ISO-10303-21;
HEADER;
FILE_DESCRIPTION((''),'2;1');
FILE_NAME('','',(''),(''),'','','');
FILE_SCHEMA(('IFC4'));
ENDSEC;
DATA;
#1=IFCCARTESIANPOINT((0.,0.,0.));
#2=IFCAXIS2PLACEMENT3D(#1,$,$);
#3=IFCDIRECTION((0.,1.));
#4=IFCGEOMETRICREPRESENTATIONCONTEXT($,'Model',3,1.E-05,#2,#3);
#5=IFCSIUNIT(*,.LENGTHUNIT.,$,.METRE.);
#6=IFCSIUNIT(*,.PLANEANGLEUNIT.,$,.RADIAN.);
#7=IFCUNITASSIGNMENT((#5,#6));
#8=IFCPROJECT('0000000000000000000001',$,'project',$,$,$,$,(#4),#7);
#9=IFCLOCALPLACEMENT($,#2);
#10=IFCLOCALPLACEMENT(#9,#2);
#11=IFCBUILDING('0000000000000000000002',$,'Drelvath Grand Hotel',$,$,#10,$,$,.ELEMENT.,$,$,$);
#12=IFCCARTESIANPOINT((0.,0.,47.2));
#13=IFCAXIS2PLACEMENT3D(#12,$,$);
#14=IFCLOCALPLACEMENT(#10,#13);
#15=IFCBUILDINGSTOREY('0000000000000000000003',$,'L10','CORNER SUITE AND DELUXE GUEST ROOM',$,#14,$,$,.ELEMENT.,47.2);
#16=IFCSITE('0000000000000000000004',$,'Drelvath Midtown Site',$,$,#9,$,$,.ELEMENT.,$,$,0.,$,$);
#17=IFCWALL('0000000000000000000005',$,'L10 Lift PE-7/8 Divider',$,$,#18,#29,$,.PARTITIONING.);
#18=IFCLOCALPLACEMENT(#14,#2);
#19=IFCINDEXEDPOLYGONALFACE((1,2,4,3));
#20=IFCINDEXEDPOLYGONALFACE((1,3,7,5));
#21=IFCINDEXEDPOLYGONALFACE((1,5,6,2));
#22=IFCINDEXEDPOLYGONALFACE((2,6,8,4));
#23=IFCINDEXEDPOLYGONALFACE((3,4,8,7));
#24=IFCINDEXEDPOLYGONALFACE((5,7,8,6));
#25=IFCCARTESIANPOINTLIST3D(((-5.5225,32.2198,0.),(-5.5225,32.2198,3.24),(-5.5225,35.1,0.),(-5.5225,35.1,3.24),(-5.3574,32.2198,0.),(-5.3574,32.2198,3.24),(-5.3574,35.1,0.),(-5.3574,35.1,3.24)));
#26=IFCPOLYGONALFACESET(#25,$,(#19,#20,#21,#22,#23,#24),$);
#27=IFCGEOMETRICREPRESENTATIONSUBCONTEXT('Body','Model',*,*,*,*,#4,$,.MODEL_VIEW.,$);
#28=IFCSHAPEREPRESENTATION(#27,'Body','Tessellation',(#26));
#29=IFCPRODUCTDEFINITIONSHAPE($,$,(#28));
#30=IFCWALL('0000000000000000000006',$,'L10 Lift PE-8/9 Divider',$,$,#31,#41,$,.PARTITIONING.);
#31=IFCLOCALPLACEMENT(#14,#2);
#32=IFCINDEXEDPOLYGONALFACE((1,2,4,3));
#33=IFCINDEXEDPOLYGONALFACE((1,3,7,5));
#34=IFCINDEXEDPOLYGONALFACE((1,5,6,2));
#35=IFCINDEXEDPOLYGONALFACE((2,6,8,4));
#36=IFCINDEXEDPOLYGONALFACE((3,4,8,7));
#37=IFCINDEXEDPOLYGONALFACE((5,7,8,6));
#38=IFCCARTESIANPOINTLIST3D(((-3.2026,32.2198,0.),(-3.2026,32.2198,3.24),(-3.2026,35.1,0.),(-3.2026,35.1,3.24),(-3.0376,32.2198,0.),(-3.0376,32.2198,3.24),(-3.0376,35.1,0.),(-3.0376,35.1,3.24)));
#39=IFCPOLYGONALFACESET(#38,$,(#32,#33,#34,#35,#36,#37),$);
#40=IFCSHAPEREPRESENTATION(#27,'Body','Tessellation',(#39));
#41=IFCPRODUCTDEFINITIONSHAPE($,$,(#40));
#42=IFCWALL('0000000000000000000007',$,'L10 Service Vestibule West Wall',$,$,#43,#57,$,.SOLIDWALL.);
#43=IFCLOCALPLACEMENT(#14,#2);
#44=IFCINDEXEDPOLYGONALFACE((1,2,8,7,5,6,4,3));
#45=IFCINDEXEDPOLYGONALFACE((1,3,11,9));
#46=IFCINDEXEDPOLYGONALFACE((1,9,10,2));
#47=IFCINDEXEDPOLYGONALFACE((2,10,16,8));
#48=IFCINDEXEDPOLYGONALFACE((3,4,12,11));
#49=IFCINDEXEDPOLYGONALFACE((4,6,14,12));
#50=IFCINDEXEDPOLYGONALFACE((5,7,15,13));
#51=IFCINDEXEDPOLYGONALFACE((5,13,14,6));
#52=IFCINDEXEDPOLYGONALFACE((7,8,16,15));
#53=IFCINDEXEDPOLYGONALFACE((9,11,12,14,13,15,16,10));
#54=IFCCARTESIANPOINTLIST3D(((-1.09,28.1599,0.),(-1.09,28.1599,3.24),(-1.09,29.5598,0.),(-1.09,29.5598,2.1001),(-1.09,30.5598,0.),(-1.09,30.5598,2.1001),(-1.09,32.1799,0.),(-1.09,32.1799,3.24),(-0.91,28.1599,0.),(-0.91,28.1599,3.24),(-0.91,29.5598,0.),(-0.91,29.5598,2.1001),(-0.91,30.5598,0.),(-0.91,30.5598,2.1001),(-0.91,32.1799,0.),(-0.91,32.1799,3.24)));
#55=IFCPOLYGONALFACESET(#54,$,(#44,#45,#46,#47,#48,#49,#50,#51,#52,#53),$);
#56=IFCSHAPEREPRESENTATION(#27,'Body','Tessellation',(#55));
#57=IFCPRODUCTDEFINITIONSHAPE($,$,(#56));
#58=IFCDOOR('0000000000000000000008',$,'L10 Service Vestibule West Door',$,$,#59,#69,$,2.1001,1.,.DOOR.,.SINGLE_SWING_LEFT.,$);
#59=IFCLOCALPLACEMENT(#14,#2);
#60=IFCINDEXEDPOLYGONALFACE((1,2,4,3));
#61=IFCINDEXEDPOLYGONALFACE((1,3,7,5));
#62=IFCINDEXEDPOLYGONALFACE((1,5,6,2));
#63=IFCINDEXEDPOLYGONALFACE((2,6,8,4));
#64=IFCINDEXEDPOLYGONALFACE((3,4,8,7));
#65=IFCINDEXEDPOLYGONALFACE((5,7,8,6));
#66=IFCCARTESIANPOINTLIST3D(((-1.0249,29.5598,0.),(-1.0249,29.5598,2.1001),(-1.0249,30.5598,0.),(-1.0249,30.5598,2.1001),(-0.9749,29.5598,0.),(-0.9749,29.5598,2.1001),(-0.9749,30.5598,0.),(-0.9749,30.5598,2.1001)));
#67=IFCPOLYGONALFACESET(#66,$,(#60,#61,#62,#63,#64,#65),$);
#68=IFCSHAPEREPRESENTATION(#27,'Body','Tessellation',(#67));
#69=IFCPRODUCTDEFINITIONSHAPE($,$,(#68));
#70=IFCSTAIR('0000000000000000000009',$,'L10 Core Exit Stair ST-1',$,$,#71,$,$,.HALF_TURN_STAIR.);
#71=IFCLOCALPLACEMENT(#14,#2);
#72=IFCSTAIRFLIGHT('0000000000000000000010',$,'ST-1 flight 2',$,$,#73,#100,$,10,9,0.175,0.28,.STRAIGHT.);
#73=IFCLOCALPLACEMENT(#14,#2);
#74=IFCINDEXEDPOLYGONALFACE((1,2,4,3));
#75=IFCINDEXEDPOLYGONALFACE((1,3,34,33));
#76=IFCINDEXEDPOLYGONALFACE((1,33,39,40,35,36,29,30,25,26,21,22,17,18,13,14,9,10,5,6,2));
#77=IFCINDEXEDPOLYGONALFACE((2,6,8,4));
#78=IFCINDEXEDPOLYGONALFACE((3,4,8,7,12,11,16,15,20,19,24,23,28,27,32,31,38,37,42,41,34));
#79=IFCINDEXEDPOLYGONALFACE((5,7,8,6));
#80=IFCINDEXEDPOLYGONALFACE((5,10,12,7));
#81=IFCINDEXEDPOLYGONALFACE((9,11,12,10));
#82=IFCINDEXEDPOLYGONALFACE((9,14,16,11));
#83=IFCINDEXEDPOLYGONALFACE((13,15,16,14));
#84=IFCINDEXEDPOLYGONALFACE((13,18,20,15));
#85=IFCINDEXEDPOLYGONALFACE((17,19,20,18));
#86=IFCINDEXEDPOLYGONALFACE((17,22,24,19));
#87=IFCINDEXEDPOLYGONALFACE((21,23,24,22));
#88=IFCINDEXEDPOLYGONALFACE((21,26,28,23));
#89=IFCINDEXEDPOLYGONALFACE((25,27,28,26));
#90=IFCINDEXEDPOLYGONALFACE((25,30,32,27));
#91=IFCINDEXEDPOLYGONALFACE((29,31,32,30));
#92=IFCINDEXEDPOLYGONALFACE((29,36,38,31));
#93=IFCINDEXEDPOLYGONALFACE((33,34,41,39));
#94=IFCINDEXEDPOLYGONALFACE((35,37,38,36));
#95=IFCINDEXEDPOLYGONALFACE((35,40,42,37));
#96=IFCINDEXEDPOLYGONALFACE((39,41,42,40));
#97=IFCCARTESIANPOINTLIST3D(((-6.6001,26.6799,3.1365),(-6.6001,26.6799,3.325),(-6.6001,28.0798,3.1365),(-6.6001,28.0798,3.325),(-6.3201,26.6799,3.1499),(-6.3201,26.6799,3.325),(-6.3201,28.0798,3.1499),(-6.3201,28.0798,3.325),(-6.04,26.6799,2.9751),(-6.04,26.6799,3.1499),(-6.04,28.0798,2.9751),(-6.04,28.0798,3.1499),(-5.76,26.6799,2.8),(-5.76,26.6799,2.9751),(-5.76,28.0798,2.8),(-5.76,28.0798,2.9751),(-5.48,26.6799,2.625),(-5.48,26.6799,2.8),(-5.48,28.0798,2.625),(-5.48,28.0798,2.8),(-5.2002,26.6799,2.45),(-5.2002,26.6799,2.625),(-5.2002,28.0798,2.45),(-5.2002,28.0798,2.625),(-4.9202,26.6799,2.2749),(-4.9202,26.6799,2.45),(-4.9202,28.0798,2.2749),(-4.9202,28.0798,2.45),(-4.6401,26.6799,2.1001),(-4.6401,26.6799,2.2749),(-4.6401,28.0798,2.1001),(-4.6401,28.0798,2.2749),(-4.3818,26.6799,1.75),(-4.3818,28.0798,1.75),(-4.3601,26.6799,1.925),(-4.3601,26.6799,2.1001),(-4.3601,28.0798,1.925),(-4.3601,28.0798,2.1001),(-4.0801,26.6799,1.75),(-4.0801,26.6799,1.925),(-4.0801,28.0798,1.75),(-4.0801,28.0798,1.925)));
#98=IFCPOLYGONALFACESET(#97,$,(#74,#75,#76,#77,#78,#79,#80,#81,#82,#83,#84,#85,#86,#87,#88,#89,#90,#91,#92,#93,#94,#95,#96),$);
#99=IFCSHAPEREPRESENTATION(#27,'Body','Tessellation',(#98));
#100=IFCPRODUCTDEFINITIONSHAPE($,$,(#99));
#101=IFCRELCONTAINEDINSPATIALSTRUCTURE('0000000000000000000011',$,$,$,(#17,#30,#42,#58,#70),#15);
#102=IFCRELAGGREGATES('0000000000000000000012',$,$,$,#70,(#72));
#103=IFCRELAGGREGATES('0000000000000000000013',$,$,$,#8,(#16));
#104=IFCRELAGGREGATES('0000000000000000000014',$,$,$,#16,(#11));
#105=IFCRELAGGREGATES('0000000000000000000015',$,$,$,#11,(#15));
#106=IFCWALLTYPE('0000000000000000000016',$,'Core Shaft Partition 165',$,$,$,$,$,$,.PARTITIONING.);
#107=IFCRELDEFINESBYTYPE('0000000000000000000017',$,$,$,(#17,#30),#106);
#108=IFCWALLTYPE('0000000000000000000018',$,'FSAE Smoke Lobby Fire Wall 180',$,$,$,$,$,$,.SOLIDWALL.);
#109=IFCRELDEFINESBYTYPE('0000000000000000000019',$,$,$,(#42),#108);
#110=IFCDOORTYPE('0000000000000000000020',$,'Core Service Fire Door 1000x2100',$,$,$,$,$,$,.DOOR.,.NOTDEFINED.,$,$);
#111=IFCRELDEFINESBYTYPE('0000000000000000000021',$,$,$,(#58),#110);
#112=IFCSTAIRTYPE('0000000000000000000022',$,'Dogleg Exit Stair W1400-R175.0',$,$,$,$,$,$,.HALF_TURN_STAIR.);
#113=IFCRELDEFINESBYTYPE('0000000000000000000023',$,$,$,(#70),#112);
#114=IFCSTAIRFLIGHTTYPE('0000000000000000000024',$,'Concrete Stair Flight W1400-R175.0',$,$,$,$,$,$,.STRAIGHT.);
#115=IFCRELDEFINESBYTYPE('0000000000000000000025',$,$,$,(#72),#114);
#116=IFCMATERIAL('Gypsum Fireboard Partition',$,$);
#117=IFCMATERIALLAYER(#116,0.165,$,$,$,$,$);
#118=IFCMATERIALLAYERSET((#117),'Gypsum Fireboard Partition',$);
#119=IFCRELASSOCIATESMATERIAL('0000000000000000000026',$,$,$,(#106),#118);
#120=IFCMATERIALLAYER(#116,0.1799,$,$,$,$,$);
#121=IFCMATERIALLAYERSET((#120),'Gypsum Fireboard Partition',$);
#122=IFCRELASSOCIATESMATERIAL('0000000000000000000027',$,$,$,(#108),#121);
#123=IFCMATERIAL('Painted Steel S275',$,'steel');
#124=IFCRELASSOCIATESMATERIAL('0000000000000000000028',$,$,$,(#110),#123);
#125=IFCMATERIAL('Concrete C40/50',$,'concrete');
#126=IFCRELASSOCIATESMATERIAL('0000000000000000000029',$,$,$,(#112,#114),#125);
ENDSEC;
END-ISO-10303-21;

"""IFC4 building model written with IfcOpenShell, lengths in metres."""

from ifc_helpers import new_model, si_unit, direction, frame, frame_2d, origin, place, context, subcontext, project, spatial, polyline, rectangle, outline, extrude, material, layer, layer_set, type_object, element, fill, aggregate, save


model = new_model("IFC4")

# Units and contexts
model_context = context("Model", 3, precision=1e-05, world=origin(), true_north=direction((0.0, 1.0)))
body_context = subcontext(model_context, "Body", "Model", "MODEL_VIEW")
ifc_project = project(units=[si_unit("LENGTHUNIT", "METRE"), si_unit("PLANEANGLEUNIT", "RADIAN")], contexts=[model_context])

# Site, building, storey
site_placement = place(None, origin())
site = spatial("IfcSite", under=ifc_project, at=site_placement, Name="Drelvath Midtown Site", CompositionType="ELEMENT", RefElevation=0.0)
building_placement = place(site_placement, origin())
building = spatial("IfcBuilding", under=site, at=building_placement, Name="Drelvath Grand Hotel", CompositionType="ELEMENT")
storey_placement = place(building_placement, frame((0.0, 0.0, 47.2)))
storey = spatial("IfcBuildingStorey", under=building, at=storey_placement, Name="L10", Description="CORNER SUITE AND DELUXE GUEST ROOM", CompositionType="ELEMENT", Elevation=47.2)

# Shared definitions
ifc_material_1 = material(Name="Concrete C40/50", Category="concrete")

# Walls
ifc_material_2 = material(Name="Gypsum Fireboard Partition")
ifc_layer_1 = layer(ifc_material_2, 0.165)
ifc_layer_set_1 = layer_set([ifc_layer_1], Name="Gypsum Fireboard Partition")
wall_type_1 = type_object("IfcWallType", Name="Core Shaft Partition 165", PredefinedType="PARTITIONING", material=ifc_layer_set_1)
for number, where, z_axis, x_axis, name in (
    (1, (-5.4399, 32.22, 0.0), (0.0, 0.0, 1.0), (0.0, 1.0, 0.0), "L10 Lift PE-7/8 Divider"),
    (2, (-3.1201, 32.22, 0.0), (0.0, 0.0, 1.0), (0.0, 1.0, 0.0), "L10 Lift PE-8/9 Divider"),
):
    element("IfcWall", number, at=place(storey_placement, frame(where, z_axis=z_axis, x_axis=x_axis)), inside=storey, type_object=wall_type_1, Name=name, PredefinedType="PARTITIONING", context=body_context, shape_type="SweptSolid", body=[
        extrude(rectangle(XDim=2.8801, YDim=0.165, at=frame_2d((1.4399, 0.0))), origin(), (0.0, 0.0, 1.0), 3.24),
    ])

# Wall, opening, door
ifc_layer_2 = layer(ifc_material_2, 0.1799)
ifc_layer_set_2 = layer_set([ifc_layer_2], Name="Gypsum Fireboard Partition")
wall_type_2 = type_object("IfcWallType", Name="FSAE Smoke Lobby Fire Wall 180", PredefinedType="SOLIDWALL", material=ifc_layer_set_2)
wall_1_placement = place(storey_placement, frame((-1.0, 28.1599, 0.0), z_axis=(0.0, 0.0, 1.0), x_axis=(0.0, 1.0, 0.0)))
wall_1 = element("IfcWall", 3, at=wall_1_placement, inside=storey, type_object=wall_type_2, Name="L10 Service Vestibule West Wall", PredefinedType="SOLIDWALL", context=body_context, shape_type="SweptSolid", body=[
    extrude(rectangle(XDim=4.02, YDim=0.1799, at=frame_2d((2.01, 0.0))), origin(), (0.0, 0.0, 1.0), 3.24),
])
opening_1_placement = place(wall_1_placement, frame((1.3999, 0.0, 0.0)))
opening_1 = element("IfcOpeningElement", 4, at=opening_1_placement, cuts=wall_1, PredefinedType="OPENING", context=body_context, shape_type="SweptSolid", body=[
    extrude(rectangle(XDim=1.0, YDim=2.1001, at=frame_2d((0.5, 1.05))), frame((0.0, 0.0999, 0.0), z_axis=(0.0, -1.0, 0.0), x_axis=(1.0, 0.0, 0.0)), (0.0, 0.0, 1.0), 0.2),
])
ifc_material_3 = material(Name="Painted Steel S275", Category="steel")
door_type_1 = type_object("IfcDoorType", Name="Core Service Fire Door 1000x2100", OperationType="NOTDEFINED", PredefinedType="DOOR", material=ifc_material_3)
door_1_placement = place(opening_1_placement, origin())
door_1 = element("IfcDoor", 5, at=door_1_placement, inside=storey, type_object=door_type_1, Name="L10 Service Vestibule West Door", OperationType="SINGLE_SWING_LEFT", OverallHeight=2.1001, OverallWidth=1.0, PredefinedType="DOOR", context=body_context, shape_type="SweptSolid", body=[
    extrude(rectangle(XDim=1.0, YDim=2.1001, at=frame_2d((0.5, 1.05))), frame((0.0, 0.0249, 0.0), z_axis=(0.0, -1.0, 0.0), x_axis=(1.0, 0.0, 0.0)), (0.0, 0.0, 1.0), 0.05),
])
fill(opening_1, door_1)

# Stair, stair flight
stair_type = type_object("IfcStairType", Name="Dogleg Exit Stair W1400-R175.0", PredefinedType="HALF_TURN_STAIR", material=ifc_material_1)
stair_placement = place(storey_placement, origin())
stair = element("IfcStair", 6, at=stair_placement, inside=storey, type_object=stair_type, Name="L10 Core Exit Stair ST-1", PredefinedType="HALF_TURN_STAIR")
stair_flight_type = type_object("IfcStairFlightType", Name="Concrete Stair Flight W1400-R175.0", PredefinedType="STRAIGHT", material=ifc_material_1)
stair_flight_placement = place(storey_placement, frame((-4.0801, 27.3799, 1.75), z_axis=(0.0, 0.0, 1.0), x_axis=(-1.0, 0.0, 0.0)))
stair_flight = element("IfcStairFlight", 7, at=stair_flight_placement, type_object=stair_flight_type, Name="ST-1 flight 2", NumberOfRisers=10, NumberOfTreads=9, PredefinedType="STRAIGHT", RiserHeight=0.175, TreadLength=0.28, context=body_context, shape_type="SweptSolid", body=[
    extrude(outline(polyline([(0.0, 0.0), (0.0, 0.175), (0.28, 0.175), (0.28, 0.3501), (0.5601, 0.3501), (0.5601, 0.5249), (0.8401, 0.5249), (0.8401, 0.7), (1.1201, 0.7), (1.1201, 0.875), (1.3999, 0.875), (1.3999, 1.05), (1.6799, 1.05), (1.6799, 1.2251), (1.96, 1.2251), (1.96, 1.3999), (2.24, 1.3999), (2.24, 1.575), (2.52, 1.575), (2.52, 1.75), (2.52, 1.3865), (0.3018, 0.0), (0.0, 0.0)])), frame((0.0, 0.7, 0.0), z_axis=(0.0, -1.0, 0.0), x_axis=(1.0, 0.0, 0.0)), (0.0, 0.0, 1.0), 1.3999),
])
aggregate(stair, [stair_flight])

save(model, "model.ifc")
